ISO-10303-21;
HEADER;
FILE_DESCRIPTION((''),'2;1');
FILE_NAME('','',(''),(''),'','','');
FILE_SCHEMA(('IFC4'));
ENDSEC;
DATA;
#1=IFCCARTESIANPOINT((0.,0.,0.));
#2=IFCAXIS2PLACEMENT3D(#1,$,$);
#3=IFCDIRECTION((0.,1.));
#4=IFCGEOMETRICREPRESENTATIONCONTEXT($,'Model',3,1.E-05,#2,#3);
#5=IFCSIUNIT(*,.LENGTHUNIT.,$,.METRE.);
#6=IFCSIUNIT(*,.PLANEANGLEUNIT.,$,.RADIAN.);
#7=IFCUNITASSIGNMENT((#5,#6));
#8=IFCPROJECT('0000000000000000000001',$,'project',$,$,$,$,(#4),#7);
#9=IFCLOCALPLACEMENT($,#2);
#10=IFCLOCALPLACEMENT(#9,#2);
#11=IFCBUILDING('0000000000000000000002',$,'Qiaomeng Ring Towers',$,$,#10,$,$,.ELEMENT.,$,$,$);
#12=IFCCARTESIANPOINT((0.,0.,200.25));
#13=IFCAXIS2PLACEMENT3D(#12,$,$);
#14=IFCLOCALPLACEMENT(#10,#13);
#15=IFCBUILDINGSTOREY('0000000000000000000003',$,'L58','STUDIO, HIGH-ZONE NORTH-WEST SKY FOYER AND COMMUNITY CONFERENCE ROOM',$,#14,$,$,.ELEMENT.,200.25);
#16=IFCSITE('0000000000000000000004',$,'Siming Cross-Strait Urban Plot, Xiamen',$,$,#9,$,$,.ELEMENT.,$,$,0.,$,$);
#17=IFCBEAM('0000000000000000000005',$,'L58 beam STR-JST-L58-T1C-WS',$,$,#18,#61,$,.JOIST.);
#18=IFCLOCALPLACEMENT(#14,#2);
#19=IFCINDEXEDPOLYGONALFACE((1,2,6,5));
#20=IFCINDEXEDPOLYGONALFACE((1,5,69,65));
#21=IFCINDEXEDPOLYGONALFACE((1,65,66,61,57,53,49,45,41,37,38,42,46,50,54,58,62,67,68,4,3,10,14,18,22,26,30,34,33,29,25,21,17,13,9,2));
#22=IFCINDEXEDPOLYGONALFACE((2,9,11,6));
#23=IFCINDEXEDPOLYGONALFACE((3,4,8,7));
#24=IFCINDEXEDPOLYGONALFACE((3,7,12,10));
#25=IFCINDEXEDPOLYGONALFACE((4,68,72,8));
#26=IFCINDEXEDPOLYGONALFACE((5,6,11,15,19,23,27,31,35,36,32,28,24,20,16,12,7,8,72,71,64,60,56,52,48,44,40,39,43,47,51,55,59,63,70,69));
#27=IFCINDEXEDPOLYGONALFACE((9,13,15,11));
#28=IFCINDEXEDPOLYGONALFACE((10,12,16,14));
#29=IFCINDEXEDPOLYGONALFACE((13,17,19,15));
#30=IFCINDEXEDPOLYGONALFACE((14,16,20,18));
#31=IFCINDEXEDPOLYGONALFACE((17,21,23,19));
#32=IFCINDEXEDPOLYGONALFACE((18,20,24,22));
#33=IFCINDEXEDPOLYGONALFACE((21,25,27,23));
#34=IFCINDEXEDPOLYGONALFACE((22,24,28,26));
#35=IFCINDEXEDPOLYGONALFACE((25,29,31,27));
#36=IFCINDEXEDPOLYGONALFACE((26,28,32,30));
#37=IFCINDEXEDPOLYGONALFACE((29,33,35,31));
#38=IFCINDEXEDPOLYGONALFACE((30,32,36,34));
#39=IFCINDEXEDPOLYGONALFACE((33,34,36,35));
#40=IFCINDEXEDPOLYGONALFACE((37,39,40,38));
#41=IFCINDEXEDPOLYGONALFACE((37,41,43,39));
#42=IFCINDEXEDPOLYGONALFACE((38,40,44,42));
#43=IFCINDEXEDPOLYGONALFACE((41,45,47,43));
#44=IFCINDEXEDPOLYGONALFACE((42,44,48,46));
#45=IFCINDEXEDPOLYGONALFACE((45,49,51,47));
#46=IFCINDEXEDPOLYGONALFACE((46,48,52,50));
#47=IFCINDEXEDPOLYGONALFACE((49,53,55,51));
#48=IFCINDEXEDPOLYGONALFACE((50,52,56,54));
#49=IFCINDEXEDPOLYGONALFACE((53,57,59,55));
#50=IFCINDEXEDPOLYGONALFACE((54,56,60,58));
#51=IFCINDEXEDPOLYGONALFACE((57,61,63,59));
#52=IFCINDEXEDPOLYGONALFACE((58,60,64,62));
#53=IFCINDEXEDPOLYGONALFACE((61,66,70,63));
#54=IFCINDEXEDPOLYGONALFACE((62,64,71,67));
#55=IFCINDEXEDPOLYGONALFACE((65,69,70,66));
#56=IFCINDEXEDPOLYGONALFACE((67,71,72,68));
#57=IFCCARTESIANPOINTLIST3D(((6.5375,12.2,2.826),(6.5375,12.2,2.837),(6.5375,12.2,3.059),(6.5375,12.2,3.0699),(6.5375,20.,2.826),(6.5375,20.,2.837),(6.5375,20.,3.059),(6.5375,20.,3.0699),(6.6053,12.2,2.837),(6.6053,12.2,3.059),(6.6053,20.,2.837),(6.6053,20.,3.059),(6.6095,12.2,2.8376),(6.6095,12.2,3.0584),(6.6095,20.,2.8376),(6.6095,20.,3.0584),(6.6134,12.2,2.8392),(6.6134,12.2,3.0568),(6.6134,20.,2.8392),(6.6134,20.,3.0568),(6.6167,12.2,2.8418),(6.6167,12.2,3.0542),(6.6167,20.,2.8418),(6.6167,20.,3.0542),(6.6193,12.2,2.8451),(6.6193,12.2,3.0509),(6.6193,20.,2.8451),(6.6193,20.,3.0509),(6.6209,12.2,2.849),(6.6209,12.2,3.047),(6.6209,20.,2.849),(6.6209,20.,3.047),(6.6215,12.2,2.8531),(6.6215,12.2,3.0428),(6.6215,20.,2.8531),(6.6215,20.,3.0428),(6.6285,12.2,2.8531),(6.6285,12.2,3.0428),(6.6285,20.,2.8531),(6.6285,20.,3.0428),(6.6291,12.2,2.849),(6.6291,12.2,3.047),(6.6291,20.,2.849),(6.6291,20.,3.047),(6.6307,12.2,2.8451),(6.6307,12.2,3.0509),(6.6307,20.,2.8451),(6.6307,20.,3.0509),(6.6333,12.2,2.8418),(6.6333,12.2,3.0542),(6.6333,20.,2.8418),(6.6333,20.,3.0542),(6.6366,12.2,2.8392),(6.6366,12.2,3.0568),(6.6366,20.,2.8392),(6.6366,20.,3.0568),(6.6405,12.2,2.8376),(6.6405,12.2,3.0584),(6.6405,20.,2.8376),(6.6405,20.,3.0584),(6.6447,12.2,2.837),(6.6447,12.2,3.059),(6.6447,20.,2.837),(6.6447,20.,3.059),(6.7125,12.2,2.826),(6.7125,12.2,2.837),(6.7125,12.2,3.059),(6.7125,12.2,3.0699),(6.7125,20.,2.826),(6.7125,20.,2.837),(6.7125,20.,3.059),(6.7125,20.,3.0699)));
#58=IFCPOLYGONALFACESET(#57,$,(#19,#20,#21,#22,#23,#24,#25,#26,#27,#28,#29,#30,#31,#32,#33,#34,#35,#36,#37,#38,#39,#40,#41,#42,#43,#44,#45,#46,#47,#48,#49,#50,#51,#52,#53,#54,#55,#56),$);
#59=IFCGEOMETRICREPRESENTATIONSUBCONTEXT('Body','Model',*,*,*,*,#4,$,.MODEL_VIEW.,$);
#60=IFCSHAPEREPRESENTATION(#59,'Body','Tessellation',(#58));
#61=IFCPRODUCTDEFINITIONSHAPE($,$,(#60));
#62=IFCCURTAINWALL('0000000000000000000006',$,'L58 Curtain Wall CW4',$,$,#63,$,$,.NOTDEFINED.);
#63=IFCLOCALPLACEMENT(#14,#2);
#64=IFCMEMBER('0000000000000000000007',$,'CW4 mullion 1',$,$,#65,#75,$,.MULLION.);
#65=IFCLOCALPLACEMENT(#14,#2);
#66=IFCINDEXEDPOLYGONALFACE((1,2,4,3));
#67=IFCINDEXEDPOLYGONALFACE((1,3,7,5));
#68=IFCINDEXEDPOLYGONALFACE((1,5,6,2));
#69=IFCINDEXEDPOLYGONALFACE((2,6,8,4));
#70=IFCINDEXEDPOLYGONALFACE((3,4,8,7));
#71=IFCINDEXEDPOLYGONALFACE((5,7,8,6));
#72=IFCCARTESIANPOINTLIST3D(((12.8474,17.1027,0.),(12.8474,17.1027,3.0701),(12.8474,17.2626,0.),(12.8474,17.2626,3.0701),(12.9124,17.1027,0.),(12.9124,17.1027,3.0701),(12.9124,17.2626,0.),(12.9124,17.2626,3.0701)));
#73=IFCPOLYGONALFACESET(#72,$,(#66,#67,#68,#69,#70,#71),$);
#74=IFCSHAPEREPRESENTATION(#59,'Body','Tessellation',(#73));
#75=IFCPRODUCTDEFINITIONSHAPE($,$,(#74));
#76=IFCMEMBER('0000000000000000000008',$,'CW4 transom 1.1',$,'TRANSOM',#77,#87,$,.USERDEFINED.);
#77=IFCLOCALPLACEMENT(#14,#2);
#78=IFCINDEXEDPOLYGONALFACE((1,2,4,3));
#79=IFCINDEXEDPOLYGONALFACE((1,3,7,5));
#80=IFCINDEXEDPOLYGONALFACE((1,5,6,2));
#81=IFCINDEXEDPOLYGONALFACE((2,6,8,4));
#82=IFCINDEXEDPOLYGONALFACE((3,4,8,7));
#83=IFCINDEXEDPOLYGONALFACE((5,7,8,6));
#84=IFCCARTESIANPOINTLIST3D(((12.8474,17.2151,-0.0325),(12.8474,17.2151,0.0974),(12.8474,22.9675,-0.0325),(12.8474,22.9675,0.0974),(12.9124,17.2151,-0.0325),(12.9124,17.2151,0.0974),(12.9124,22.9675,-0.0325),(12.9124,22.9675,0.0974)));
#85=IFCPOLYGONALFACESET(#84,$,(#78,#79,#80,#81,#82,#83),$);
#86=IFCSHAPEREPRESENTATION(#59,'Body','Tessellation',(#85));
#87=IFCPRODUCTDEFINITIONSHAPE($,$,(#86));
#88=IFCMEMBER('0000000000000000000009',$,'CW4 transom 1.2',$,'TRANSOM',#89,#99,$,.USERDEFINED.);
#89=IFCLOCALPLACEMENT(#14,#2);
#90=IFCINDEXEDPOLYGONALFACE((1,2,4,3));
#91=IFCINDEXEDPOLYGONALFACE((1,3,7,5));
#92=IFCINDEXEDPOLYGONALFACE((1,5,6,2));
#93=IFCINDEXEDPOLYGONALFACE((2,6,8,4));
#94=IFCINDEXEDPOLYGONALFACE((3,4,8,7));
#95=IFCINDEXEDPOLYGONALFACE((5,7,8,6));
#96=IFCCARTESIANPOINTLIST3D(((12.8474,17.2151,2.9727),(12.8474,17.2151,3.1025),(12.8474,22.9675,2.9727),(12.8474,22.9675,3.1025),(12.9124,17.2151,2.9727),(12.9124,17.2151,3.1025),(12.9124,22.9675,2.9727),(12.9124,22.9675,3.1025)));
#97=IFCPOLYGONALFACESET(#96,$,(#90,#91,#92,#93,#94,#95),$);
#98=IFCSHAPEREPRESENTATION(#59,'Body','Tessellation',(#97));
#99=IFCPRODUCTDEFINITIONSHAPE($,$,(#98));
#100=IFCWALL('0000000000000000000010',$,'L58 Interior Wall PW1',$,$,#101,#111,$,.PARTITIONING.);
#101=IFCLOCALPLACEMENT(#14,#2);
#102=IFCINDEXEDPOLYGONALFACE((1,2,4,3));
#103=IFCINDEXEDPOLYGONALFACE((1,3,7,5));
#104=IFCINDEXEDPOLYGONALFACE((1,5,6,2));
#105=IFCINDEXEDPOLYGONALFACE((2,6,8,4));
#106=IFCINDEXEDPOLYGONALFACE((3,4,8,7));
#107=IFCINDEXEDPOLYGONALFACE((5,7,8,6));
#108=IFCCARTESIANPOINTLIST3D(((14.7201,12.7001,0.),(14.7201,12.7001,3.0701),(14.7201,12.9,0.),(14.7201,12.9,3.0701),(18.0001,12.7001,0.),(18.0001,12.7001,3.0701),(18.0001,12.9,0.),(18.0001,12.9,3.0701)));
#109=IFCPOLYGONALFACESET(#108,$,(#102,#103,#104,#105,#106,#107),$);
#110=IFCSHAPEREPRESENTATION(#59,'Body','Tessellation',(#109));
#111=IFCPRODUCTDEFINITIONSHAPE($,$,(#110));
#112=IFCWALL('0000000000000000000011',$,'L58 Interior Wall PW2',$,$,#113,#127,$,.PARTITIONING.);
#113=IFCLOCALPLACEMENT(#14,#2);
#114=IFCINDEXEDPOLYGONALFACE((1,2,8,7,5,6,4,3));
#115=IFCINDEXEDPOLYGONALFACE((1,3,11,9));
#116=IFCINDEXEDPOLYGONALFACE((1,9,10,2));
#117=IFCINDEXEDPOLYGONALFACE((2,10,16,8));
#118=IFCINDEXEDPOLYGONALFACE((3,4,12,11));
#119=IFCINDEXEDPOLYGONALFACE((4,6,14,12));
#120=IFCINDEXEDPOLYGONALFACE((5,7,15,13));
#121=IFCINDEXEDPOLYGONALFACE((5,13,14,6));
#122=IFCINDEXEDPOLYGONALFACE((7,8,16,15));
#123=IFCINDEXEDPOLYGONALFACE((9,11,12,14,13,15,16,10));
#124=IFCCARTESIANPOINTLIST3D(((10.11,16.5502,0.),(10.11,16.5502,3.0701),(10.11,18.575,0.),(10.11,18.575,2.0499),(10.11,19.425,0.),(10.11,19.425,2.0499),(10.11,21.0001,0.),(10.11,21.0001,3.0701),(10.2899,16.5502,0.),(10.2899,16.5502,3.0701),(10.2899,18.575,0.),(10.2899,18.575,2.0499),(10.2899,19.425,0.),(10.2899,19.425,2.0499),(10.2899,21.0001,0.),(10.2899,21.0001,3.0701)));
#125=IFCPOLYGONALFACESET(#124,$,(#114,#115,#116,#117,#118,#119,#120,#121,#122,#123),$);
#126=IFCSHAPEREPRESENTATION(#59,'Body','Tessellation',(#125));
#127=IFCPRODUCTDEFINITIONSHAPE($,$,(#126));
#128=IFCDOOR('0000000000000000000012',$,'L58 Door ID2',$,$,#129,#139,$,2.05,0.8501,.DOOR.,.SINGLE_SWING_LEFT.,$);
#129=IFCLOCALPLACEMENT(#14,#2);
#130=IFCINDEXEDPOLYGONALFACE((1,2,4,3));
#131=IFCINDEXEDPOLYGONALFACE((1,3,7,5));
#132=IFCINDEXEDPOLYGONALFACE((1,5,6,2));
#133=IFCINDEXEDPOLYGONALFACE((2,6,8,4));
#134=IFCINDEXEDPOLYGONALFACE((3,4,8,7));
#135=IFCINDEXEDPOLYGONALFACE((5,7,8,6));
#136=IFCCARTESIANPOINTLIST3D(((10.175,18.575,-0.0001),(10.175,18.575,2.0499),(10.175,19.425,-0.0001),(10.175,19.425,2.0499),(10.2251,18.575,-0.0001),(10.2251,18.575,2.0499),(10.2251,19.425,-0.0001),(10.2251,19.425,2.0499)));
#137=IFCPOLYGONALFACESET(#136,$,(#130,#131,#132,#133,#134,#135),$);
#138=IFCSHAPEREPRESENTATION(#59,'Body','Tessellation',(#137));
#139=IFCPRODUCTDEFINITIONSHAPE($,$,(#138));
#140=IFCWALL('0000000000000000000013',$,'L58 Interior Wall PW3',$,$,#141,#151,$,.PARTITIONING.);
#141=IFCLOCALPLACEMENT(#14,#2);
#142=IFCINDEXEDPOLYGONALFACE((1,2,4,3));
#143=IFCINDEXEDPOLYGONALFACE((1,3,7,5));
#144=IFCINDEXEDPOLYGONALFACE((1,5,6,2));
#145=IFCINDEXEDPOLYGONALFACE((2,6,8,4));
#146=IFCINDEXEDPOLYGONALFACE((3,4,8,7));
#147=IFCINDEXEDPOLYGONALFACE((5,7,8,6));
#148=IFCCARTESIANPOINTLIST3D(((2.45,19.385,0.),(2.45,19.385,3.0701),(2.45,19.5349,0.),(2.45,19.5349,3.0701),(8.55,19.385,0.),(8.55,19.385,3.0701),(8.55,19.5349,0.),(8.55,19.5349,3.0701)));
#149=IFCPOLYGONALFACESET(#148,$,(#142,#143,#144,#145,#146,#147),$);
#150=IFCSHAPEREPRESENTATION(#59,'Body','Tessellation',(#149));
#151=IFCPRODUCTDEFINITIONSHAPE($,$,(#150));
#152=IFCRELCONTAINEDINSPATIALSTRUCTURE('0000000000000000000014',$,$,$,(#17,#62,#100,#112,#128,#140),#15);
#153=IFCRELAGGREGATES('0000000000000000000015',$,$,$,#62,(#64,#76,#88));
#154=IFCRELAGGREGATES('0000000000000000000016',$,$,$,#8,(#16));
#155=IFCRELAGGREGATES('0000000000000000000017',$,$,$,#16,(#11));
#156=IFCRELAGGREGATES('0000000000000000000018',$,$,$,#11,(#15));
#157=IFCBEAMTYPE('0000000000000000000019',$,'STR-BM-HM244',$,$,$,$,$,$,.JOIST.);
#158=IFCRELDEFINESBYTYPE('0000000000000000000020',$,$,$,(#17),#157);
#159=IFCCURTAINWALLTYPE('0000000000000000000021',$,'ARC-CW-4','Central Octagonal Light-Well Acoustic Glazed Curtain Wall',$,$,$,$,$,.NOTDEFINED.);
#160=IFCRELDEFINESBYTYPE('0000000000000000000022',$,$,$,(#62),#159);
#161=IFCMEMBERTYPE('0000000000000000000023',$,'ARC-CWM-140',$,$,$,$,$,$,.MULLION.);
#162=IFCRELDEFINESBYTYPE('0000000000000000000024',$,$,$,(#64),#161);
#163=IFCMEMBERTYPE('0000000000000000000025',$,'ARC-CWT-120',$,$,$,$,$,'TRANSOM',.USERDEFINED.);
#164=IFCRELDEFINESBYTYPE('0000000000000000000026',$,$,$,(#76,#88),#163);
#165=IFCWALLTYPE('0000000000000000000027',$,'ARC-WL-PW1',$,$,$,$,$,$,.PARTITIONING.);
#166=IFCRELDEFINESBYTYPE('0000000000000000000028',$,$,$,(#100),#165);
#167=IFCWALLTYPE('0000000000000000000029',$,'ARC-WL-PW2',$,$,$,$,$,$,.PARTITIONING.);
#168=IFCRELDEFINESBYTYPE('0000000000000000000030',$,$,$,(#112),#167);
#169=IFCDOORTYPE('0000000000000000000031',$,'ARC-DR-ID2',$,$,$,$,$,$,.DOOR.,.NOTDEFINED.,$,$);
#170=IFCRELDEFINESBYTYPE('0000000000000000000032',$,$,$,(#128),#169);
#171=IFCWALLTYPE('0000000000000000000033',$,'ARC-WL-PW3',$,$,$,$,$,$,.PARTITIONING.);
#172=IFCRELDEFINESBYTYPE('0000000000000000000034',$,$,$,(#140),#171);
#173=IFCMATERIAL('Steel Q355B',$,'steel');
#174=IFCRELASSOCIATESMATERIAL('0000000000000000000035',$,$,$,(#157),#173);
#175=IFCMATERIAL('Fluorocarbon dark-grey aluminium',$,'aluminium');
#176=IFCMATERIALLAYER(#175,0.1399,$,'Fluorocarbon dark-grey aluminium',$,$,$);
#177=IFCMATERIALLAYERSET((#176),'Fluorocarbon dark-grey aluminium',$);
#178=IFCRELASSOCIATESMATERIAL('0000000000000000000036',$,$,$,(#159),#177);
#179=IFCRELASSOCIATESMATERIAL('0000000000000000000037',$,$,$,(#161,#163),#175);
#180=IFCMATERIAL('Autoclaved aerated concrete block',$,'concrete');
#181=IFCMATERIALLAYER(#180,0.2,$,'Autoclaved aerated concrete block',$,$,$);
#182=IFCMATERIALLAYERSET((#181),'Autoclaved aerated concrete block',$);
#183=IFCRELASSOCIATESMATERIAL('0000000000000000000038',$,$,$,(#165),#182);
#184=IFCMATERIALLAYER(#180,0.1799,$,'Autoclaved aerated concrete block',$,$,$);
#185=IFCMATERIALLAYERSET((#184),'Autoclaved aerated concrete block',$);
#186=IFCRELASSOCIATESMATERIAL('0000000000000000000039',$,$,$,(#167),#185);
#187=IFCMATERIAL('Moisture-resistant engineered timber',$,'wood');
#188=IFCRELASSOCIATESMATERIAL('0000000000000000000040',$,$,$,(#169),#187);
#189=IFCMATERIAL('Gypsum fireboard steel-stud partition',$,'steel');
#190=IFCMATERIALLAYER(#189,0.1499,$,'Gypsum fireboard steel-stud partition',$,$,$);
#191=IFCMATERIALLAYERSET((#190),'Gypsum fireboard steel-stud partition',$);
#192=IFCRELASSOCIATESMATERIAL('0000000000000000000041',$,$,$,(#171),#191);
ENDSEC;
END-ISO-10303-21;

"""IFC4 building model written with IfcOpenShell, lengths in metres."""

from ifc_helpers import new_model, si_unit, direction, frame, frame_2d, origin, origin_2d, place, context, subcontext, project, spatial, rectangle, i_section, extrude, source, transform, mapped, material, layer, layer_set, material_profile, profile_set, type_object, element, fill, aggregate, save


model = new_model("IFC4")

# Units and contexts
model_context = context("Model", 3, precision=1e-05, world=origin(), true_north=direction((0.0, 1.0)))
body_context = subcontext(model_context, "Body", "Model", "MODEL_VIEW")
ifc_project = project(units=[si_unit("LENGTHUNIT", "METRE"), si_unit("PLANEANGLEUNIT", "RADIAN")], contexts=[model_context])

# Site, building, storey
site_placement = place(None, origin())
site = spatial("IfcSite", under=ifc_project, at=site_placement, Name="Siming Cross-Strait Urban Plot, Xiamen", CompositionType="ELEMENT", RefElevation=0.0)
building_placement = place(site_placement, origin())
building = spatial("IfcBuilding", under=site, at=building_placement, Name="Qiaomeng Ring Towers", CompositionType="ELEMENT")
storey_placement = place(building_placement, frame((0.0, 0.0, 200.25)))
storey = spatial("IfcBuildingStorey", under=building, at=storey_placement, Name="L58", Description="STUDIO, HIGH-ZONE NORTH-WEST SKY FOYER AND COMMUNITY CONFERENCE ROOM", CompositionType="ELEMENT", Elevation=200.25)

# Beam
ifc_material_1 = material(Name="Steel Q355B", Category="steel")
ifc_material_profile_1 = material_profile(ifc_material_1, i_section(OverallWidth=0.175, OverallDepth=0.2439, WebThickness=0.0071, FlangeThickness=0.011, FilletRadius=0.0161, at=origin_2d()), Name="HM 244x175x7x11")
ifc_profile_set_1 = profile_set([ifc_material_profile_1], Name="Steel Q355B")
beam_type_1 = type_object("IfcBeamType", Name="STR-BM-HM244", PredefinedType="JOIST", material=ifc_profile_set_1)
shared_shape_1 = source(origin(), body_context, "Body", "SweptSolid", [
    extrude(i_section(OverallWidth=0.175, OverallDepth=0.2439, WebThickness=0.0071, FlangeThickness=0.011, FilletRadius=0.0161, at=origin_2d()), origin(), (0.0, 0.0, 1.0), 7.8),
])
beam_1_placement = place(storey_placement, frame((6.625, 12.2, 2.948), z_axis=(0.0, 1.0, 0.0), x_axis=(-1.0, 0.0, 0.0)))
element("IfcBeam", 1, at=beam_1_placement, inside=storey, type_object=beam_type_1, Name="L58 beam STR-JST-L58-T1C-WS", PredefinedType="JOIST", context=body_context, shape_type="MappedRepresentation", body=[
    mapped(shared_shape_1, transform((0.0, 0.0, 0.0), x_axis=(1.0, 0.0, 0.0), y_axis=(0.0, 1.0, 0.0), z_axis=(0.0, 0.0, 1.0), scale=1.0)),
])

# Curtain wall, members
ifc_material_2 = material(Name="Fluorocarbon dark-grey aluminium", Category="aluminium")
ifc_layer_1 = layer(ifc_material_2, 0.1399, Name="Fluorocarbon dark-grey aluminium")
ifc_layer_set_1 = layer_set([ifc_layer_1], Name="Fluorocarbon dark-grey aluminium")
curtain_wall_type = type_object("IfcCurtainWallType", Name="ARC-CW-4", Description="Central Octagonal Light-Well Acoustic Glazed Curtain Wall", PredefinedType="NOTDEFINED", material=ifc_layer_set_1)
curtain_wall_placement = place(storey_placement, origin())
curtain_wall = element("IfcCurtainWall", 2, at=curtain_wall_placement, inside=storey, type_object=curtain_wall_type, Name="L58 Curtain Wall CW4", PredefinedType="NOTDEFINED")
ifc_material_profile_2 = material_profile(ifc_material_2, rectangle(XDim=0.0649, YDim=0.1599, at=origin_2d()), Name="ALU MULL 65x160")
ifc_profile_set_2 = profile_set([ifc_material_profile_2], Name="Fluorocarbon dark-grey aluminium")
member_type_1 = type_object("IfcMemberType", Name="ARC-CWM-140", PredefinedType="MULLION", material=ifc_profile_set_2)
shared_shape_2 = source(origin(), body_context, "Body", "SweptSolid", [
    extrude(rectangle(XDim=0.0649, YDim=0.1599, at=origin_2d()), origin(), (0.0, 0.0, 1.0), 3.0701),
])
member_1_placement = place(storey_placement, frame((12.8799, 17.1826, 0.0), z_axis=(0.0, 0.0, 1.0), x_axis=(-1.0, 0.0, 0.0)))
member_1 = element("IfcMember", 3, at=member_1_placement, type_object=member_type_1, Name="CW4 mullion 1", PredefinedType="MULLION", context=body_context, shape_type="MappedRepresentation", body=[
    mapped(shared_shape_2, transform((0.0, 0.0, 0.0), x_axis=(1.0, 0.0, 0.0), y_axis=(0.0, 1.0, 0.0), z_axis=(0.0, 0.0, 1.0), scale=1.0)),
])
ifc_material_profile_3 = material_profile(ifc_material_2, rectangle(XDim=0.0649, YDim=0.1299, at=origin_2d()), Name="ALU TRAN 65x130")
ifc_profile_set_3 = profile_set([ifc_material_profile_3], Name="Fluorocarbon dark-grey aluminium")
member_type_2 = type_object("IfcMemberType", Name="ARC-CWT-120", ElementType="TRANSOM", PredefinedType="USERDEFINED", material=ifc_profile_set_3)
shared_shape_3 = source(origin(), body_context, "Body", "SweptSolid", [
    extrude(rectangle(XDim=0.0649, YDim=0.1299, at=origin_2d()), origin(), (0.0, 0.0, 1.0), 5.7524),
])
member_2_placement = place(storey_placement, frame((12.8799, 17.2151, 0.0325), z_axis=(0.0, 1.0, 0.0), x_axis=(-1.0, 0.0, 0.0)))
member_2 = element("IfcMember", 4, at=member_2_placement, type_object=member_type_2, Name="CW4 transom 1.1", ObjectType="TRANSOM", PredefinedType="USERDEFINED", context=body_context, shape_type="MappedRepresentation", body=[
    mapped(shared_shape_3, transform((0.0, 0.0, 0.0), x_axis=(1.0, 0.0, 0.0), y_axis=(0.0, 1.0, 0.0), z_axis=(0.0, 0.0, 1.0), scale=1.0)),
])
member_3_placement = place(storey_placement, frame((12.8799, 17.2151, 3.0376), z_axis=(0.0, 1.0, 0.0), x_axis=(-1.0, 0.0, 0.0)))
member_3 = element("IfcMember", 5, at=member_3_placement, type_object=member_type_2, Name="CW4 transom 1.2", ObjectType="TRANSOM", PredefinedType="USERDEFINED", context=body_context, shape_type="MappedRepresentation", body=[
    mapped(shared_shape_3, transform((0.0, 0.0, 0.0), x_axis=(1.0, 0.0, 0.0), y_axis=(0.0, 1.0, 0.0), z_axis=(0.0, 0.0, 1.0), scale=1.0)),
])
aggregate(curtain_wall, [member_1, member_2, member_3])

# Wall
ifc_material_3 = material(Name="Autoclaved aerated concrete block", Category="concrete")
ifc_layer_2 = layer(ifc_material_3, 0.2, Name="Autoclaved aerated concrete block")
ifc_layer_set_2 = layer_set([ifc_layer_2], Name="Autoclaved aerated concrete block")
wall_type_1 = type_object("IfcWallType", Name="ARC-WL-PW1", PredefinedType="PARTITIONING", material=ifc_layer_set_2)
wall_1_placement = place(storey_placement, frame((14.72, 12.8, 0.0), z_axis=(0.0, 0.0, 1.0), x_axis=(1.0, 0.0, 0.0)))
element("IfcWall", 6, at=wall_1_placement, inside=storey, type_object=wall_type_1, Name="L58 Interior Wall PW1", PredefinedType="PARTITIONING", context=body_context, shape_type="SweptSolid", body=[
    extrude(rectangle(XDim=3.28, YDim=0.2, at=frame_2d((1.6401, 0.0))), origin(), (0.0, 0.0, 1.0), 3.0701),
])

# Wall, opening, door
ifc_layer_3 = layer(ifc_material_3, 0.1799, Name="Autoclaved aerated concrete block")
ifc_layer_set_3 = layer_set([ifc_layer_3], Name="Autoclaved aerated concrete block")
wall_type_2 = type_object("IfcWallType", Name="ARC-WL-PW2", PredefinedType="PARTITIONING", material=ifc_layer_set_3)
wall_2_placement = place(storey_placement, frame((10.2, 16.55, 0.0), z_axis=(0.0, 0.0, 1.0), x_axis=(0.0, 1.0, 0.0)))
wall_2 = element("IfcWall", 7, at=wall_2_placement, inside=storey, type_object=wall_type_2, Name="L58 Interior Wall PW2", PredefinedType="PARTITIONING", context=body_context, shape_type="SweptSolid", body=[
    extrude(rectangle(XDim=4.45, YDim=0.1799, at=frame_2d((2.2251, 0.0))), origin(), (0.0, 0.0, 1.0), 3.0701),
])
opening_1_placement = place(wall_2_placement, frame((2.0249, 0.0, 0.0)))
opening_1 = element("IfcOpeningElement", 8, at=opening_1_placement, cuts=wall_2, PredefinedType="OPENING", context=body_context, shape_type="SweptSolid", body=[
    extrude(rectangle(XDim=0.8501, YDim=2.05, at=frame_2d((0.425, 1.0249))), frame((0.0, 0.0999, 0.0), z_axis=(0.0, -1.0, 0.0), x_axis=(1.0, 0.0, 0.0)), (0.0, 0.0, 1.0), 0.2),
])
ifc_material_4 = material(Name="Moisture-resistant engineered timber", Category="wood")
door_type_1 = type_object("IfcDoorType", Name="ARC-DR-ID2", OperationType="NOTDEFINED", PredefinedType="DOOR", material=ifc_material_4)
shared_shape_4 = source(origin(), body_context, "Body", "SweptSolid", [
    extrude(rectangle(XDim=0.8501, YDim=2.05, at=frame_2d((0.425, 1.0249))), frame((0.0, 0.0249, 0.0), z_axis=(0.0, -1.0, 0.0), x_axis=(1.0, 0.0, 0.0)), (0.0, 0.0, 1.0), 0.05),
])
door_1_placement = place(opening_1_placement, origin())
door_1 = element("IfcDoor", 9, at=door_1_placement, inside=storey, type_object=door_type_1, Name="L58 Door ID2", OperationType="SINGLE_SWING_LEFT", OverallHeight=2.05, OverallWidth=0.8501, PredefinedType="DOOR", context=body_context, shape_type="MappedRepresentation", body=[
    mapped(shared_shape_4, transform((0.0, 0.0, 0.0), x_axis=(1.0, 0.0, 0.0), y_axis=(0.0, 1.0, 0.0), z_axis=(0.0, 0.0, 1.0), scale=1.0)),
])
fill(opening_1, door_1)

# Wall
ifc_material_5 = material(Name="Gypsum fireboard steel-stud partition", Category="steel")
ifc_layer_4 = layer(ifc_material_5, 0.1499, Name="Gypsum fireboard steel-stud partition")
ifc_layer_set_4 = layer_set([ifc_layer_4], Name="Gypsum fireboard steel-stud partition")
wall_type_3 = type_object("IfcWallType", Name="ARC-WL-PW3", PredefinedType="PARTITIONING", material=ifc_layer_set_4)
wall_3_placement = place(storey_placement, frame((2.45, 19.46, 0.0), z_axis=(0.0, 0.0, 1.0), x_axis=(1.0, 0.0, 0.0)))
element("IfcWall", 10, at=wall_3_placement, inside=storey, type_object=wall_type_3, Name="L58 Interior Wall PW3", PredefinedType="PARTITIONING", context=body_context, shape_type="SweptSolid", body=[
    extrude(rectangle(XDim=6.1001, YDim=0.1499, at=frame_2d((3.05, 0.0))), origin(), (0.0, 0.0, 1.0), 3.0701),
])

save(model, "model.ifc")
